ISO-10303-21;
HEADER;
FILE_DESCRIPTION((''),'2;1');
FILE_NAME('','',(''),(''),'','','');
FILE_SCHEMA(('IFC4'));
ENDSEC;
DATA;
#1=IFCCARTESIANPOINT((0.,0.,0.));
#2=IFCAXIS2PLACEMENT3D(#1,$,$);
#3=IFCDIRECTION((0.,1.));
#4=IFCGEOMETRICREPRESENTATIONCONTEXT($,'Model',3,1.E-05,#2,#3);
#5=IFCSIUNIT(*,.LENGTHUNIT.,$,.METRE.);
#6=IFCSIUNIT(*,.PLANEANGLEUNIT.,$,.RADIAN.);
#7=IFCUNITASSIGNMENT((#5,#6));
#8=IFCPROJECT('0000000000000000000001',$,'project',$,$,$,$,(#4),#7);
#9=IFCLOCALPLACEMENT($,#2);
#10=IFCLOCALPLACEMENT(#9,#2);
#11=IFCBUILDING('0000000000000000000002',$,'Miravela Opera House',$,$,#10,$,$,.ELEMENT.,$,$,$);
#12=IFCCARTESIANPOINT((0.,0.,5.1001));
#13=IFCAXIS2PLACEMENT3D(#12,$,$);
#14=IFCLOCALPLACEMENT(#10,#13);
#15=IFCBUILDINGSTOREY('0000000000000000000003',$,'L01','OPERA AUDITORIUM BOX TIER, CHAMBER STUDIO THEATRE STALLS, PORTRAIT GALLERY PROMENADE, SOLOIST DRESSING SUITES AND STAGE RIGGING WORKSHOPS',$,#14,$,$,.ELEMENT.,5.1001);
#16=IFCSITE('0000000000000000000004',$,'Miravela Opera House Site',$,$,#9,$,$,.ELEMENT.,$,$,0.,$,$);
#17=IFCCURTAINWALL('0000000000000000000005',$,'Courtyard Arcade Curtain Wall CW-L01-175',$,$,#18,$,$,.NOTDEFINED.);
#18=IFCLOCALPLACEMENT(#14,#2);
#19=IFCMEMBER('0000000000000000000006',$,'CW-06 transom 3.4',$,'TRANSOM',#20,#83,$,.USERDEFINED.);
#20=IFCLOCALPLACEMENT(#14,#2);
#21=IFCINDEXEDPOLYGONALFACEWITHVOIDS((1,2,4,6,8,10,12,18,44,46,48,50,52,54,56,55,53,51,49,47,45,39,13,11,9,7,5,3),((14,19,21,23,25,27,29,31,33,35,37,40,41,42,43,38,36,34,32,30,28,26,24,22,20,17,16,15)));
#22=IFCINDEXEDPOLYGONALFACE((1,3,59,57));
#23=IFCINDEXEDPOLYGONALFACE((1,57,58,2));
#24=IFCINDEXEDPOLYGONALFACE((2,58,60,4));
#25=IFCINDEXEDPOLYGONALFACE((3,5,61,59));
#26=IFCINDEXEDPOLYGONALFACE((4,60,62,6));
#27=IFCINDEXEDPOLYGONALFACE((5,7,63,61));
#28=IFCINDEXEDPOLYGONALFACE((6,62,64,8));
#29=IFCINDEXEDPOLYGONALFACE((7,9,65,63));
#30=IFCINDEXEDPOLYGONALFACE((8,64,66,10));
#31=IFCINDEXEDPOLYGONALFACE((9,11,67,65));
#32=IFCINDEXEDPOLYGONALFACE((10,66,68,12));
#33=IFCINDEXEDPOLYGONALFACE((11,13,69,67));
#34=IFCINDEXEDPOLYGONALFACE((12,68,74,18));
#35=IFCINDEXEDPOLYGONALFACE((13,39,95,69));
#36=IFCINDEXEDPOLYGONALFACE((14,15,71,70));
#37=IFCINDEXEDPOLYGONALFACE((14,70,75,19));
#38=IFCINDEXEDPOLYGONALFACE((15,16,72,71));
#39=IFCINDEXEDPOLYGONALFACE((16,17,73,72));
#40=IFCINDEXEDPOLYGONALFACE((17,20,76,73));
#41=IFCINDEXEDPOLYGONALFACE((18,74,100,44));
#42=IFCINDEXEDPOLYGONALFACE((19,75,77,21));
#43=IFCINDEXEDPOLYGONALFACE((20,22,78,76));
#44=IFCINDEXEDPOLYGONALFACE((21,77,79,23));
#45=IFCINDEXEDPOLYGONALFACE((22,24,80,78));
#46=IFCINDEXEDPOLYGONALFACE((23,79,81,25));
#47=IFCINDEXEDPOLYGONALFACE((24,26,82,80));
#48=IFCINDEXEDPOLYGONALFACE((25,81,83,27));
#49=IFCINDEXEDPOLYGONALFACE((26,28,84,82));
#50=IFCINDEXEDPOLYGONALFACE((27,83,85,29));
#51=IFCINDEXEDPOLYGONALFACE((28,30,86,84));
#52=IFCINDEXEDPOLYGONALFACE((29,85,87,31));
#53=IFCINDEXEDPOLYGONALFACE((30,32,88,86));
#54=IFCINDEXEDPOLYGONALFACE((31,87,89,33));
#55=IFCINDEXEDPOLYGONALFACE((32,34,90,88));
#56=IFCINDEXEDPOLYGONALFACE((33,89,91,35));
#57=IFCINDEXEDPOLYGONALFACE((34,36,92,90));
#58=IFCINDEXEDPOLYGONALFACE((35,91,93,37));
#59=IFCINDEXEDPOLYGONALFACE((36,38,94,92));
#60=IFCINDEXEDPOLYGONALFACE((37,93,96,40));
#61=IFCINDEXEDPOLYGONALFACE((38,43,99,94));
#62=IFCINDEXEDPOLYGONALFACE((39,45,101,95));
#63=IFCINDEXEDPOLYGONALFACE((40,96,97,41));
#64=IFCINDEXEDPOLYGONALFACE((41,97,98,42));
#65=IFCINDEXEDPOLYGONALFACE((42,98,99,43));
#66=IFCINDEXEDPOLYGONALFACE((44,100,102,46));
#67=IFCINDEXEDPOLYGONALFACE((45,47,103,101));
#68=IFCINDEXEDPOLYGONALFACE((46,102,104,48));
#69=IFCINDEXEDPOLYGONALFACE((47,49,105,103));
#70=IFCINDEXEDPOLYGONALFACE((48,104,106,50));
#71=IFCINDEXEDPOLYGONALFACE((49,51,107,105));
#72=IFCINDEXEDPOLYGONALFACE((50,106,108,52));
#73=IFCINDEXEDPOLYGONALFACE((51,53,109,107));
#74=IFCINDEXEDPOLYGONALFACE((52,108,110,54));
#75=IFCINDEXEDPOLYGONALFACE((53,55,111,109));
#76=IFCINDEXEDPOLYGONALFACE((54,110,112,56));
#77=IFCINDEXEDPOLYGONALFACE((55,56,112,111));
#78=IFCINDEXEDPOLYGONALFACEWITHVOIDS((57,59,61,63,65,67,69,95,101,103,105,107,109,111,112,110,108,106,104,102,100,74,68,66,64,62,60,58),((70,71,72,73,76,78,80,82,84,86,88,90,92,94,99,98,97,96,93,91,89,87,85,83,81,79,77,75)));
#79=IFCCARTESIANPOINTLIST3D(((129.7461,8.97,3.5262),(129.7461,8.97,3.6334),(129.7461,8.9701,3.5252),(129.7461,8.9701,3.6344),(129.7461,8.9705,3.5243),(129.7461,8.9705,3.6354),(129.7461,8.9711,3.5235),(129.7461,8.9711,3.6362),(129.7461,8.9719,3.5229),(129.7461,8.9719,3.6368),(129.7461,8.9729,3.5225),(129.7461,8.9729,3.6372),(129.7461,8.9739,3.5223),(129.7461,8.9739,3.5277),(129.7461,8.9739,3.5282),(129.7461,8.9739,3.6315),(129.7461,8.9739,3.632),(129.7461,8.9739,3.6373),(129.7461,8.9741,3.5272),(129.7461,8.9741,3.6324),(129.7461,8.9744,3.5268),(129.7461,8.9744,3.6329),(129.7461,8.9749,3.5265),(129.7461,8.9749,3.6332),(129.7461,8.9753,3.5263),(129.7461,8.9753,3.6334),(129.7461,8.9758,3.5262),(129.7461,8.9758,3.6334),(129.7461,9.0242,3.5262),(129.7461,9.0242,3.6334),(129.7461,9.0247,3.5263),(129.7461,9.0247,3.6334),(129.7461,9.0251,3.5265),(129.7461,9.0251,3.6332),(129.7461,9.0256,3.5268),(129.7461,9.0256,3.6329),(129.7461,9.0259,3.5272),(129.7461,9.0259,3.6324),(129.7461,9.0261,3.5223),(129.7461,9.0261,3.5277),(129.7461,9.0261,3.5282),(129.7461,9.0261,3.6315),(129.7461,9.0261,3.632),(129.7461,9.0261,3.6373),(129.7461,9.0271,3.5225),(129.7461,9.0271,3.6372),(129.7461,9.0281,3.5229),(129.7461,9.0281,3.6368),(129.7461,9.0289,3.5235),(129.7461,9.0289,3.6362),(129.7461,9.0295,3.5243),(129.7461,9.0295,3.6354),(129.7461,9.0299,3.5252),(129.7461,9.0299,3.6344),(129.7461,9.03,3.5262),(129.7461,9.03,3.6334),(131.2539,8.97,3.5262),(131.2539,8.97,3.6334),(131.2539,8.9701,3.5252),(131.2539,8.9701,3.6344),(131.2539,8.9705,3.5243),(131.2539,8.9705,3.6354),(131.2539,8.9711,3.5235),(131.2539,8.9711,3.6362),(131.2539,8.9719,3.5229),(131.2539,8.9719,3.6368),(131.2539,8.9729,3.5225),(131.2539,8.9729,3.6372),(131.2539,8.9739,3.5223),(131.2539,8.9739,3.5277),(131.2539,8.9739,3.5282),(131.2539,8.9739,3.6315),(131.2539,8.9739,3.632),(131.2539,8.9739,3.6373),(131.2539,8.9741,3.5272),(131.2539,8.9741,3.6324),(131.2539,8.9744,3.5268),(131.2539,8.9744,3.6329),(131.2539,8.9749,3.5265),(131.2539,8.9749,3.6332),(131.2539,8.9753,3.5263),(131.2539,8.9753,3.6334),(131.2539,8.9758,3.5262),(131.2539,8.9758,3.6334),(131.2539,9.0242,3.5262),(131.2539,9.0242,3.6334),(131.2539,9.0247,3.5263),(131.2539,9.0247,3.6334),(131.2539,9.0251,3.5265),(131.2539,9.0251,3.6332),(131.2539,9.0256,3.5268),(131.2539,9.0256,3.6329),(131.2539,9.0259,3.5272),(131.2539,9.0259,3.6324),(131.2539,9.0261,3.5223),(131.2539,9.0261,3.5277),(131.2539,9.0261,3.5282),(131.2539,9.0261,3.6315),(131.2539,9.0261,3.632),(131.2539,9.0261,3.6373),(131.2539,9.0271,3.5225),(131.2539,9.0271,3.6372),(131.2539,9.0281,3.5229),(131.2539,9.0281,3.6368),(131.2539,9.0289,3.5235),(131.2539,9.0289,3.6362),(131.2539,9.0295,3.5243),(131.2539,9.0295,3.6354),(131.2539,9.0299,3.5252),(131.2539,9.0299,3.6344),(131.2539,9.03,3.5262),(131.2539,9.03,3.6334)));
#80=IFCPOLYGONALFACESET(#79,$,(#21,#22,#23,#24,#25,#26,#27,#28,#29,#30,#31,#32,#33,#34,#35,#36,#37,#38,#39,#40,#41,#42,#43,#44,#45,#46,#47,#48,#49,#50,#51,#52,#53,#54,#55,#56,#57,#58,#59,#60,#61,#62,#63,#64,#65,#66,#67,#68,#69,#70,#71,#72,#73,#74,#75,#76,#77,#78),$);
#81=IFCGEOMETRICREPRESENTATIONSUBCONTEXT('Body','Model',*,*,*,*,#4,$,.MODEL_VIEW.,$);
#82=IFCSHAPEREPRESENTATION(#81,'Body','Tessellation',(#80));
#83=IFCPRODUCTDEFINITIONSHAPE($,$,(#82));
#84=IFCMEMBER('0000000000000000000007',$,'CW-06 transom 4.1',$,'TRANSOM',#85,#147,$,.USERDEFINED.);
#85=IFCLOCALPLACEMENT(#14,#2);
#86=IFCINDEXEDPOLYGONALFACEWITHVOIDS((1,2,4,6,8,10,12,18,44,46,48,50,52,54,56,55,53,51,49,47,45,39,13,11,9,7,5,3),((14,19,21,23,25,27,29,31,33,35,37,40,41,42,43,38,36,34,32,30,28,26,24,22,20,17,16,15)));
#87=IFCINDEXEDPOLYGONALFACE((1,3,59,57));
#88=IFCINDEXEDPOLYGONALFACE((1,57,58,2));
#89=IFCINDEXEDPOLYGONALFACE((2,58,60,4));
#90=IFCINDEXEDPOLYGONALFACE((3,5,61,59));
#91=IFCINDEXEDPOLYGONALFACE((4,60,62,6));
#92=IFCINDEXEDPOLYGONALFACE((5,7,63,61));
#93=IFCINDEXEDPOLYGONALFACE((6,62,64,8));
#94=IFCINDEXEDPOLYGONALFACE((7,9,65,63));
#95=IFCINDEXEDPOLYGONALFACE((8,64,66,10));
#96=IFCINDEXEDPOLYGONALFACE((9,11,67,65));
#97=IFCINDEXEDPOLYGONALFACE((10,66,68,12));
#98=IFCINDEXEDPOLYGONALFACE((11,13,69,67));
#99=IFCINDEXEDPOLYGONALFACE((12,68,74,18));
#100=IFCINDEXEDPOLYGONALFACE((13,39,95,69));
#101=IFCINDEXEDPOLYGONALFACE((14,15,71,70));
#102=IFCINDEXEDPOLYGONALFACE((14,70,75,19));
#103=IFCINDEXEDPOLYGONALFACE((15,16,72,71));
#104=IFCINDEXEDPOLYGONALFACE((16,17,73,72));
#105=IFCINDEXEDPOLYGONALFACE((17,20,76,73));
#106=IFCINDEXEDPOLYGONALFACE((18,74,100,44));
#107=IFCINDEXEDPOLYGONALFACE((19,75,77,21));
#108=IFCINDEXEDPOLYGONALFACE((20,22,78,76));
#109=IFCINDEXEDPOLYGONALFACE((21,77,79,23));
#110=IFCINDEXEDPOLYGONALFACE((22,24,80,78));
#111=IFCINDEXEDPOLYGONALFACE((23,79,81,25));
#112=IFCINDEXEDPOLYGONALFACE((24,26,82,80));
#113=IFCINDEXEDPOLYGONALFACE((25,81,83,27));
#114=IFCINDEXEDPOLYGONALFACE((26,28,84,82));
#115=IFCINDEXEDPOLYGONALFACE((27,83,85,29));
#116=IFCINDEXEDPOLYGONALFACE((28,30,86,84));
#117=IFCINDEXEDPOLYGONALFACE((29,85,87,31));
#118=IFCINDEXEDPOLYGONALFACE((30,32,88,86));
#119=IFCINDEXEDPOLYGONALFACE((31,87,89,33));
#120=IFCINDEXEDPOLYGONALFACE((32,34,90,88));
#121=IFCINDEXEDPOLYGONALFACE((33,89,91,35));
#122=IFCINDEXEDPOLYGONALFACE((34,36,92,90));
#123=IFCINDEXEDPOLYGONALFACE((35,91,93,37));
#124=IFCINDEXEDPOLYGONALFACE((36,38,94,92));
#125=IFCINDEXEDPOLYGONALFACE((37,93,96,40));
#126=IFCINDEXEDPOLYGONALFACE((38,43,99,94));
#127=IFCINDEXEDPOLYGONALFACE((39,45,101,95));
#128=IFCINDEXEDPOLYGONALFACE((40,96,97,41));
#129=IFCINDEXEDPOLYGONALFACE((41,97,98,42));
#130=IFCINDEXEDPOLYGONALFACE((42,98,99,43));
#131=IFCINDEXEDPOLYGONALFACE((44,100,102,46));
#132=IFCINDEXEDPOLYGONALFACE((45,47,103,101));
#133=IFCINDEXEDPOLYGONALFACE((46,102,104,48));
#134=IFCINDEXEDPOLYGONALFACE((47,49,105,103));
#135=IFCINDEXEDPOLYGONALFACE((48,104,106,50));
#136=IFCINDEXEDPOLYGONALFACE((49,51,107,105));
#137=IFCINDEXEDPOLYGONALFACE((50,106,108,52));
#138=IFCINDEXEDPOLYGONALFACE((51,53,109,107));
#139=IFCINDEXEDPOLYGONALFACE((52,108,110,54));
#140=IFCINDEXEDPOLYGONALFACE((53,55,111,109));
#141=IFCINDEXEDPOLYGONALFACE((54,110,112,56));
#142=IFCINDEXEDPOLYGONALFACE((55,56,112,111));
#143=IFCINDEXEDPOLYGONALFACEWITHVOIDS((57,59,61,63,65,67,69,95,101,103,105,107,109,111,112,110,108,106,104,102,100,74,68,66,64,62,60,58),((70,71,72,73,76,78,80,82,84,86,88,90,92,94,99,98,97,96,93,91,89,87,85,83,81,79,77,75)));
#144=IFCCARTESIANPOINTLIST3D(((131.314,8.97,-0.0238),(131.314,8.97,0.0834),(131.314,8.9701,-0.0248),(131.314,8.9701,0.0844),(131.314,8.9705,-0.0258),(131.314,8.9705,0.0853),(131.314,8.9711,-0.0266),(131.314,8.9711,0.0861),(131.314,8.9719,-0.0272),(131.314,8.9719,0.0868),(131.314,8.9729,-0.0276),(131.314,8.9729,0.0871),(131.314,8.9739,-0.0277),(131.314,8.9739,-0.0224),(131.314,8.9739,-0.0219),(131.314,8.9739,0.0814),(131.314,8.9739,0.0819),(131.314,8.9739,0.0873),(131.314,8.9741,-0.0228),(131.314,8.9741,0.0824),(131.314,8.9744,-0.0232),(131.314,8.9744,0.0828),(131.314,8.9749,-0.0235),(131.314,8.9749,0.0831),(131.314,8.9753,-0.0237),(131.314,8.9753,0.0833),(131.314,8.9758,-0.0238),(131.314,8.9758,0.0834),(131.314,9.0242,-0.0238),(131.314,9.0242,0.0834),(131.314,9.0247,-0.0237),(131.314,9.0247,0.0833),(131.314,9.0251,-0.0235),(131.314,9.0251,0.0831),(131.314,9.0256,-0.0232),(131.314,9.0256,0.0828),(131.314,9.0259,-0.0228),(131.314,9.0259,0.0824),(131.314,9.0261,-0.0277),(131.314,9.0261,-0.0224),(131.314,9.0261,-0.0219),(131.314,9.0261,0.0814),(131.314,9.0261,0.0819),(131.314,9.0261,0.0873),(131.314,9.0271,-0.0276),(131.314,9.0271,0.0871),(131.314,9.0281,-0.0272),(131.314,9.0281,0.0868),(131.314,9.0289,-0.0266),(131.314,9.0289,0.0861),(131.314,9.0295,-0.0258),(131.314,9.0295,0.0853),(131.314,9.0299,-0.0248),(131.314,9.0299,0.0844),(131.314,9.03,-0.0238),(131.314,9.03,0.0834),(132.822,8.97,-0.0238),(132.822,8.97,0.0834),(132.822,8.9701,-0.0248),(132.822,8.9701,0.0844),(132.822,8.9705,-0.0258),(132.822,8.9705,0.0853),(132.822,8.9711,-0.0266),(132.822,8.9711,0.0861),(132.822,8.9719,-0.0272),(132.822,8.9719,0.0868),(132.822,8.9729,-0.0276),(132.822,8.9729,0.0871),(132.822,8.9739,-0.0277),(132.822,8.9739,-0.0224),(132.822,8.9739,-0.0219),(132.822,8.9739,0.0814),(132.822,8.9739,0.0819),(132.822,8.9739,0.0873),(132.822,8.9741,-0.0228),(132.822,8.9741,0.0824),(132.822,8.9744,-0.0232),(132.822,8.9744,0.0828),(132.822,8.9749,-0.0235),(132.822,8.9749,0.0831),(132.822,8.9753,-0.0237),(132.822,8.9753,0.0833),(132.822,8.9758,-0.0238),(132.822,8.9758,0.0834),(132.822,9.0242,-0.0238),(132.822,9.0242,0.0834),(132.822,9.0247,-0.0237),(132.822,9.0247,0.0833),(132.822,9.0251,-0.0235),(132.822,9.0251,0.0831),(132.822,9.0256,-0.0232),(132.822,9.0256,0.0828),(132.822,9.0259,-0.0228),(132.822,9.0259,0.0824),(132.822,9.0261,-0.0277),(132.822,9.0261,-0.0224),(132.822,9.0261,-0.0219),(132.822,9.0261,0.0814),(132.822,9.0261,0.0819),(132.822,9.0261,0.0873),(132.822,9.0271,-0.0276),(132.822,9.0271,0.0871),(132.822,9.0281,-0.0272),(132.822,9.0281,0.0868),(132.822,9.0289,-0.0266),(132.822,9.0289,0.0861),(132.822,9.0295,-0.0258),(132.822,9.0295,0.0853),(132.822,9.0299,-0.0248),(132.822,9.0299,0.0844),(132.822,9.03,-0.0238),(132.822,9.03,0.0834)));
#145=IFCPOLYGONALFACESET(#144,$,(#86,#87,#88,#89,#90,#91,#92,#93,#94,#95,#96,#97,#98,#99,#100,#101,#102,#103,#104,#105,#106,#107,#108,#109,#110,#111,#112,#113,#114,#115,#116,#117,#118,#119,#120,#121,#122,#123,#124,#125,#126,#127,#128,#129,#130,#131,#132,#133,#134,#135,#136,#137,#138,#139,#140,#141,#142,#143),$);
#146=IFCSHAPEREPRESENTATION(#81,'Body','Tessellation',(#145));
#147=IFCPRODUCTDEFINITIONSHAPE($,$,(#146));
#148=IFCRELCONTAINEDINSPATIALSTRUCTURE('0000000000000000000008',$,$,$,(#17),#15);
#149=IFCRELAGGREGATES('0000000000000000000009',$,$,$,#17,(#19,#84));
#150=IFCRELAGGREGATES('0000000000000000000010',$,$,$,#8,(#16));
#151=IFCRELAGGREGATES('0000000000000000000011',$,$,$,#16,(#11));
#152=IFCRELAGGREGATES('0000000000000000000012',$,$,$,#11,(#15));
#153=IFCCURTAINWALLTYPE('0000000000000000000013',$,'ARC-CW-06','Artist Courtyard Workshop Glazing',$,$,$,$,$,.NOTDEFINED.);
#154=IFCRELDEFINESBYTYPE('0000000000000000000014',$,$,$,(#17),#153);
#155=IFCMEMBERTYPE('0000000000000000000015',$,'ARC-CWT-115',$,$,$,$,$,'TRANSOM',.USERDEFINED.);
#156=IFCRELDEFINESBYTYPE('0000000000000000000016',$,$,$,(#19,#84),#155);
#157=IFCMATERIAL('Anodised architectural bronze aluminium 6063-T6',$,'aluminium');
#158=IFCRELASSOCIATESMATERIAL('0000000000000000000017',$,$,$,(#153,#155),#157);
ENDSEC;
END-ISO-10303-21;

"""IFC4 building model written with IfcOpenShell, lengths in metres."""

from ifc_helpers import new_model, si_unit, direction, frame, origin, origin_2d, place, context, subcontext, project, spatial, hollow_rectangle, extrude, material, material_profile, profile_set, type_object, element, aggregate, save


model = new_model("IFC4")

# Units and contexts
model_context = context("Model", 3, precision=1e-05, world=origin(), true_north=direction((0.0, 1.0)))
body_context = subcontext(model_context, "Body", "Model", "MODEL_VIEW")
ifc_project = project(units=[si_unit("LENGTHUNIT", "METRE"), si_unit("PLANEANGLEUNIT", "RADIAN")], contexts=[model_context])

# Site, building, storey
site_placement = place(None, origin())
site = spatial("IfcSite", under=ifc_project, at=site_placement, Name="Miravela Opera House Site", CompositionType="ELEMENT", RefElevation=0.0)
building_placement = place(site_placement, origin())
building = spatial("IfcBuilding", under=site, at=building_placement, Name="Miravela Opera House", CompositionType="ELEMENT")
storey_placement = place(building_placement, frame((0.0, 0.0, 5.1001)))
storey = spatial("IfcBuildingStorey", under=building, at=storey_placement, Name="L01", Description="OPERA AUDITORIUM BOX TIER, CHAMBER STUDIO THEATRE STALLS, PORTRAIT GALLERY PROMENADE, SOLOIST DRESSING SUITES AND STAGE RIGGING WORKSHOPS", CompositionType="ELEMENT", Elevation=5.1001)

# Shared definitions
ifc_material_1 = material(Name="Anodised architectural bronze aluminium 6063-T6", Category="aluminium")
curtain_wall_type = type_object("IfcCurtainWallType", Name="ARC-CW-06", Description="Artist Courtyard Workshop Glazing", PredefinedType="NOTDEFINED", material=ifc_material_1)

# Curtain wall
curtain_wall_1_placement = place(storey_placement, origin())
curtain_wall_1 = element("IfcCurtainWall", 1, at=curtain_wall_1_placement, inside=storey, type_object=curtain_wall_type, Name="Courtyard Arcade Curtain Wall CW-L01-175", PredefinedType="NOTDEFINED")

# Members
ifc_material_profile_1 = material_profile(ifc_material_1, hollow_rectangle(XDim=0.0601, YDim=0.115, WallThickness=0.0039, InnerFilletRadius=0.002, OuterFilletRadius=0.0039, at=origin_2d()), Name="CWT-60X115")
ifc_profile_set_1 = profile_set([ifc_material_profile_1])
member_type_1 = type_object("IfcMemberType", Name="ARC-CWT-115", ElementType="TRANSOM", PredefinedType="USERDEFINED", material=ifc_profile_set_1)
member_1_placement = place(storey_placement, frame((129.7461, 9.0, 3.5798), z_axis=(1.0, 0.0, 0.0), x_axis=(0.0, 1.0, 0.0)))
member_1 = element("IfcMember", 2, at=member_1_placement, type_object=member_type_1, Name="CW-06 transom 3.4", ObjectType="TRANSOM", PredefinedType="USERDEFINED", context=body_context, shape_type="SweptSolid", body=[
    extrude(hollow_rectangle(XDim=0.0601, YDim=0.115, WallThickness=0.0039, InnerFilletRadius=0.002, OuterFilletRadius=0.0039, at=origin_2d()), origin(), (0.0, 0.0, 1.0), 1.5078),
])
member_2_placement = place(storey_placement, frame((131.314, 9.0, 0.0298), z_axis=(1.0, 0.0, 0.0), x_axis=(0.0, 1.0, 0.0)))
member_2 = element("IfcMember", 3, at=member_2_placement, type_object=member_type_1, Name="CW-06 transom 4.1", ObjectType="TRANSOM", PredefinedType="USERDEFINED", context=body_context, shape_type="SweptSolid", body=[
    extrude(hollow_rectangle(XDim=0.0601, YDim=0.115, WallThickness=0.0039, InnerFilletRadius=0.002, OuterFilletRadius=0.0039, at=origin_2d()), origin(), (0.0, 0.0, 1.0), 1.5081),
])

aggregate(curtain_wall_1, [member_1, member_2])

save(model, "model.ifc")
